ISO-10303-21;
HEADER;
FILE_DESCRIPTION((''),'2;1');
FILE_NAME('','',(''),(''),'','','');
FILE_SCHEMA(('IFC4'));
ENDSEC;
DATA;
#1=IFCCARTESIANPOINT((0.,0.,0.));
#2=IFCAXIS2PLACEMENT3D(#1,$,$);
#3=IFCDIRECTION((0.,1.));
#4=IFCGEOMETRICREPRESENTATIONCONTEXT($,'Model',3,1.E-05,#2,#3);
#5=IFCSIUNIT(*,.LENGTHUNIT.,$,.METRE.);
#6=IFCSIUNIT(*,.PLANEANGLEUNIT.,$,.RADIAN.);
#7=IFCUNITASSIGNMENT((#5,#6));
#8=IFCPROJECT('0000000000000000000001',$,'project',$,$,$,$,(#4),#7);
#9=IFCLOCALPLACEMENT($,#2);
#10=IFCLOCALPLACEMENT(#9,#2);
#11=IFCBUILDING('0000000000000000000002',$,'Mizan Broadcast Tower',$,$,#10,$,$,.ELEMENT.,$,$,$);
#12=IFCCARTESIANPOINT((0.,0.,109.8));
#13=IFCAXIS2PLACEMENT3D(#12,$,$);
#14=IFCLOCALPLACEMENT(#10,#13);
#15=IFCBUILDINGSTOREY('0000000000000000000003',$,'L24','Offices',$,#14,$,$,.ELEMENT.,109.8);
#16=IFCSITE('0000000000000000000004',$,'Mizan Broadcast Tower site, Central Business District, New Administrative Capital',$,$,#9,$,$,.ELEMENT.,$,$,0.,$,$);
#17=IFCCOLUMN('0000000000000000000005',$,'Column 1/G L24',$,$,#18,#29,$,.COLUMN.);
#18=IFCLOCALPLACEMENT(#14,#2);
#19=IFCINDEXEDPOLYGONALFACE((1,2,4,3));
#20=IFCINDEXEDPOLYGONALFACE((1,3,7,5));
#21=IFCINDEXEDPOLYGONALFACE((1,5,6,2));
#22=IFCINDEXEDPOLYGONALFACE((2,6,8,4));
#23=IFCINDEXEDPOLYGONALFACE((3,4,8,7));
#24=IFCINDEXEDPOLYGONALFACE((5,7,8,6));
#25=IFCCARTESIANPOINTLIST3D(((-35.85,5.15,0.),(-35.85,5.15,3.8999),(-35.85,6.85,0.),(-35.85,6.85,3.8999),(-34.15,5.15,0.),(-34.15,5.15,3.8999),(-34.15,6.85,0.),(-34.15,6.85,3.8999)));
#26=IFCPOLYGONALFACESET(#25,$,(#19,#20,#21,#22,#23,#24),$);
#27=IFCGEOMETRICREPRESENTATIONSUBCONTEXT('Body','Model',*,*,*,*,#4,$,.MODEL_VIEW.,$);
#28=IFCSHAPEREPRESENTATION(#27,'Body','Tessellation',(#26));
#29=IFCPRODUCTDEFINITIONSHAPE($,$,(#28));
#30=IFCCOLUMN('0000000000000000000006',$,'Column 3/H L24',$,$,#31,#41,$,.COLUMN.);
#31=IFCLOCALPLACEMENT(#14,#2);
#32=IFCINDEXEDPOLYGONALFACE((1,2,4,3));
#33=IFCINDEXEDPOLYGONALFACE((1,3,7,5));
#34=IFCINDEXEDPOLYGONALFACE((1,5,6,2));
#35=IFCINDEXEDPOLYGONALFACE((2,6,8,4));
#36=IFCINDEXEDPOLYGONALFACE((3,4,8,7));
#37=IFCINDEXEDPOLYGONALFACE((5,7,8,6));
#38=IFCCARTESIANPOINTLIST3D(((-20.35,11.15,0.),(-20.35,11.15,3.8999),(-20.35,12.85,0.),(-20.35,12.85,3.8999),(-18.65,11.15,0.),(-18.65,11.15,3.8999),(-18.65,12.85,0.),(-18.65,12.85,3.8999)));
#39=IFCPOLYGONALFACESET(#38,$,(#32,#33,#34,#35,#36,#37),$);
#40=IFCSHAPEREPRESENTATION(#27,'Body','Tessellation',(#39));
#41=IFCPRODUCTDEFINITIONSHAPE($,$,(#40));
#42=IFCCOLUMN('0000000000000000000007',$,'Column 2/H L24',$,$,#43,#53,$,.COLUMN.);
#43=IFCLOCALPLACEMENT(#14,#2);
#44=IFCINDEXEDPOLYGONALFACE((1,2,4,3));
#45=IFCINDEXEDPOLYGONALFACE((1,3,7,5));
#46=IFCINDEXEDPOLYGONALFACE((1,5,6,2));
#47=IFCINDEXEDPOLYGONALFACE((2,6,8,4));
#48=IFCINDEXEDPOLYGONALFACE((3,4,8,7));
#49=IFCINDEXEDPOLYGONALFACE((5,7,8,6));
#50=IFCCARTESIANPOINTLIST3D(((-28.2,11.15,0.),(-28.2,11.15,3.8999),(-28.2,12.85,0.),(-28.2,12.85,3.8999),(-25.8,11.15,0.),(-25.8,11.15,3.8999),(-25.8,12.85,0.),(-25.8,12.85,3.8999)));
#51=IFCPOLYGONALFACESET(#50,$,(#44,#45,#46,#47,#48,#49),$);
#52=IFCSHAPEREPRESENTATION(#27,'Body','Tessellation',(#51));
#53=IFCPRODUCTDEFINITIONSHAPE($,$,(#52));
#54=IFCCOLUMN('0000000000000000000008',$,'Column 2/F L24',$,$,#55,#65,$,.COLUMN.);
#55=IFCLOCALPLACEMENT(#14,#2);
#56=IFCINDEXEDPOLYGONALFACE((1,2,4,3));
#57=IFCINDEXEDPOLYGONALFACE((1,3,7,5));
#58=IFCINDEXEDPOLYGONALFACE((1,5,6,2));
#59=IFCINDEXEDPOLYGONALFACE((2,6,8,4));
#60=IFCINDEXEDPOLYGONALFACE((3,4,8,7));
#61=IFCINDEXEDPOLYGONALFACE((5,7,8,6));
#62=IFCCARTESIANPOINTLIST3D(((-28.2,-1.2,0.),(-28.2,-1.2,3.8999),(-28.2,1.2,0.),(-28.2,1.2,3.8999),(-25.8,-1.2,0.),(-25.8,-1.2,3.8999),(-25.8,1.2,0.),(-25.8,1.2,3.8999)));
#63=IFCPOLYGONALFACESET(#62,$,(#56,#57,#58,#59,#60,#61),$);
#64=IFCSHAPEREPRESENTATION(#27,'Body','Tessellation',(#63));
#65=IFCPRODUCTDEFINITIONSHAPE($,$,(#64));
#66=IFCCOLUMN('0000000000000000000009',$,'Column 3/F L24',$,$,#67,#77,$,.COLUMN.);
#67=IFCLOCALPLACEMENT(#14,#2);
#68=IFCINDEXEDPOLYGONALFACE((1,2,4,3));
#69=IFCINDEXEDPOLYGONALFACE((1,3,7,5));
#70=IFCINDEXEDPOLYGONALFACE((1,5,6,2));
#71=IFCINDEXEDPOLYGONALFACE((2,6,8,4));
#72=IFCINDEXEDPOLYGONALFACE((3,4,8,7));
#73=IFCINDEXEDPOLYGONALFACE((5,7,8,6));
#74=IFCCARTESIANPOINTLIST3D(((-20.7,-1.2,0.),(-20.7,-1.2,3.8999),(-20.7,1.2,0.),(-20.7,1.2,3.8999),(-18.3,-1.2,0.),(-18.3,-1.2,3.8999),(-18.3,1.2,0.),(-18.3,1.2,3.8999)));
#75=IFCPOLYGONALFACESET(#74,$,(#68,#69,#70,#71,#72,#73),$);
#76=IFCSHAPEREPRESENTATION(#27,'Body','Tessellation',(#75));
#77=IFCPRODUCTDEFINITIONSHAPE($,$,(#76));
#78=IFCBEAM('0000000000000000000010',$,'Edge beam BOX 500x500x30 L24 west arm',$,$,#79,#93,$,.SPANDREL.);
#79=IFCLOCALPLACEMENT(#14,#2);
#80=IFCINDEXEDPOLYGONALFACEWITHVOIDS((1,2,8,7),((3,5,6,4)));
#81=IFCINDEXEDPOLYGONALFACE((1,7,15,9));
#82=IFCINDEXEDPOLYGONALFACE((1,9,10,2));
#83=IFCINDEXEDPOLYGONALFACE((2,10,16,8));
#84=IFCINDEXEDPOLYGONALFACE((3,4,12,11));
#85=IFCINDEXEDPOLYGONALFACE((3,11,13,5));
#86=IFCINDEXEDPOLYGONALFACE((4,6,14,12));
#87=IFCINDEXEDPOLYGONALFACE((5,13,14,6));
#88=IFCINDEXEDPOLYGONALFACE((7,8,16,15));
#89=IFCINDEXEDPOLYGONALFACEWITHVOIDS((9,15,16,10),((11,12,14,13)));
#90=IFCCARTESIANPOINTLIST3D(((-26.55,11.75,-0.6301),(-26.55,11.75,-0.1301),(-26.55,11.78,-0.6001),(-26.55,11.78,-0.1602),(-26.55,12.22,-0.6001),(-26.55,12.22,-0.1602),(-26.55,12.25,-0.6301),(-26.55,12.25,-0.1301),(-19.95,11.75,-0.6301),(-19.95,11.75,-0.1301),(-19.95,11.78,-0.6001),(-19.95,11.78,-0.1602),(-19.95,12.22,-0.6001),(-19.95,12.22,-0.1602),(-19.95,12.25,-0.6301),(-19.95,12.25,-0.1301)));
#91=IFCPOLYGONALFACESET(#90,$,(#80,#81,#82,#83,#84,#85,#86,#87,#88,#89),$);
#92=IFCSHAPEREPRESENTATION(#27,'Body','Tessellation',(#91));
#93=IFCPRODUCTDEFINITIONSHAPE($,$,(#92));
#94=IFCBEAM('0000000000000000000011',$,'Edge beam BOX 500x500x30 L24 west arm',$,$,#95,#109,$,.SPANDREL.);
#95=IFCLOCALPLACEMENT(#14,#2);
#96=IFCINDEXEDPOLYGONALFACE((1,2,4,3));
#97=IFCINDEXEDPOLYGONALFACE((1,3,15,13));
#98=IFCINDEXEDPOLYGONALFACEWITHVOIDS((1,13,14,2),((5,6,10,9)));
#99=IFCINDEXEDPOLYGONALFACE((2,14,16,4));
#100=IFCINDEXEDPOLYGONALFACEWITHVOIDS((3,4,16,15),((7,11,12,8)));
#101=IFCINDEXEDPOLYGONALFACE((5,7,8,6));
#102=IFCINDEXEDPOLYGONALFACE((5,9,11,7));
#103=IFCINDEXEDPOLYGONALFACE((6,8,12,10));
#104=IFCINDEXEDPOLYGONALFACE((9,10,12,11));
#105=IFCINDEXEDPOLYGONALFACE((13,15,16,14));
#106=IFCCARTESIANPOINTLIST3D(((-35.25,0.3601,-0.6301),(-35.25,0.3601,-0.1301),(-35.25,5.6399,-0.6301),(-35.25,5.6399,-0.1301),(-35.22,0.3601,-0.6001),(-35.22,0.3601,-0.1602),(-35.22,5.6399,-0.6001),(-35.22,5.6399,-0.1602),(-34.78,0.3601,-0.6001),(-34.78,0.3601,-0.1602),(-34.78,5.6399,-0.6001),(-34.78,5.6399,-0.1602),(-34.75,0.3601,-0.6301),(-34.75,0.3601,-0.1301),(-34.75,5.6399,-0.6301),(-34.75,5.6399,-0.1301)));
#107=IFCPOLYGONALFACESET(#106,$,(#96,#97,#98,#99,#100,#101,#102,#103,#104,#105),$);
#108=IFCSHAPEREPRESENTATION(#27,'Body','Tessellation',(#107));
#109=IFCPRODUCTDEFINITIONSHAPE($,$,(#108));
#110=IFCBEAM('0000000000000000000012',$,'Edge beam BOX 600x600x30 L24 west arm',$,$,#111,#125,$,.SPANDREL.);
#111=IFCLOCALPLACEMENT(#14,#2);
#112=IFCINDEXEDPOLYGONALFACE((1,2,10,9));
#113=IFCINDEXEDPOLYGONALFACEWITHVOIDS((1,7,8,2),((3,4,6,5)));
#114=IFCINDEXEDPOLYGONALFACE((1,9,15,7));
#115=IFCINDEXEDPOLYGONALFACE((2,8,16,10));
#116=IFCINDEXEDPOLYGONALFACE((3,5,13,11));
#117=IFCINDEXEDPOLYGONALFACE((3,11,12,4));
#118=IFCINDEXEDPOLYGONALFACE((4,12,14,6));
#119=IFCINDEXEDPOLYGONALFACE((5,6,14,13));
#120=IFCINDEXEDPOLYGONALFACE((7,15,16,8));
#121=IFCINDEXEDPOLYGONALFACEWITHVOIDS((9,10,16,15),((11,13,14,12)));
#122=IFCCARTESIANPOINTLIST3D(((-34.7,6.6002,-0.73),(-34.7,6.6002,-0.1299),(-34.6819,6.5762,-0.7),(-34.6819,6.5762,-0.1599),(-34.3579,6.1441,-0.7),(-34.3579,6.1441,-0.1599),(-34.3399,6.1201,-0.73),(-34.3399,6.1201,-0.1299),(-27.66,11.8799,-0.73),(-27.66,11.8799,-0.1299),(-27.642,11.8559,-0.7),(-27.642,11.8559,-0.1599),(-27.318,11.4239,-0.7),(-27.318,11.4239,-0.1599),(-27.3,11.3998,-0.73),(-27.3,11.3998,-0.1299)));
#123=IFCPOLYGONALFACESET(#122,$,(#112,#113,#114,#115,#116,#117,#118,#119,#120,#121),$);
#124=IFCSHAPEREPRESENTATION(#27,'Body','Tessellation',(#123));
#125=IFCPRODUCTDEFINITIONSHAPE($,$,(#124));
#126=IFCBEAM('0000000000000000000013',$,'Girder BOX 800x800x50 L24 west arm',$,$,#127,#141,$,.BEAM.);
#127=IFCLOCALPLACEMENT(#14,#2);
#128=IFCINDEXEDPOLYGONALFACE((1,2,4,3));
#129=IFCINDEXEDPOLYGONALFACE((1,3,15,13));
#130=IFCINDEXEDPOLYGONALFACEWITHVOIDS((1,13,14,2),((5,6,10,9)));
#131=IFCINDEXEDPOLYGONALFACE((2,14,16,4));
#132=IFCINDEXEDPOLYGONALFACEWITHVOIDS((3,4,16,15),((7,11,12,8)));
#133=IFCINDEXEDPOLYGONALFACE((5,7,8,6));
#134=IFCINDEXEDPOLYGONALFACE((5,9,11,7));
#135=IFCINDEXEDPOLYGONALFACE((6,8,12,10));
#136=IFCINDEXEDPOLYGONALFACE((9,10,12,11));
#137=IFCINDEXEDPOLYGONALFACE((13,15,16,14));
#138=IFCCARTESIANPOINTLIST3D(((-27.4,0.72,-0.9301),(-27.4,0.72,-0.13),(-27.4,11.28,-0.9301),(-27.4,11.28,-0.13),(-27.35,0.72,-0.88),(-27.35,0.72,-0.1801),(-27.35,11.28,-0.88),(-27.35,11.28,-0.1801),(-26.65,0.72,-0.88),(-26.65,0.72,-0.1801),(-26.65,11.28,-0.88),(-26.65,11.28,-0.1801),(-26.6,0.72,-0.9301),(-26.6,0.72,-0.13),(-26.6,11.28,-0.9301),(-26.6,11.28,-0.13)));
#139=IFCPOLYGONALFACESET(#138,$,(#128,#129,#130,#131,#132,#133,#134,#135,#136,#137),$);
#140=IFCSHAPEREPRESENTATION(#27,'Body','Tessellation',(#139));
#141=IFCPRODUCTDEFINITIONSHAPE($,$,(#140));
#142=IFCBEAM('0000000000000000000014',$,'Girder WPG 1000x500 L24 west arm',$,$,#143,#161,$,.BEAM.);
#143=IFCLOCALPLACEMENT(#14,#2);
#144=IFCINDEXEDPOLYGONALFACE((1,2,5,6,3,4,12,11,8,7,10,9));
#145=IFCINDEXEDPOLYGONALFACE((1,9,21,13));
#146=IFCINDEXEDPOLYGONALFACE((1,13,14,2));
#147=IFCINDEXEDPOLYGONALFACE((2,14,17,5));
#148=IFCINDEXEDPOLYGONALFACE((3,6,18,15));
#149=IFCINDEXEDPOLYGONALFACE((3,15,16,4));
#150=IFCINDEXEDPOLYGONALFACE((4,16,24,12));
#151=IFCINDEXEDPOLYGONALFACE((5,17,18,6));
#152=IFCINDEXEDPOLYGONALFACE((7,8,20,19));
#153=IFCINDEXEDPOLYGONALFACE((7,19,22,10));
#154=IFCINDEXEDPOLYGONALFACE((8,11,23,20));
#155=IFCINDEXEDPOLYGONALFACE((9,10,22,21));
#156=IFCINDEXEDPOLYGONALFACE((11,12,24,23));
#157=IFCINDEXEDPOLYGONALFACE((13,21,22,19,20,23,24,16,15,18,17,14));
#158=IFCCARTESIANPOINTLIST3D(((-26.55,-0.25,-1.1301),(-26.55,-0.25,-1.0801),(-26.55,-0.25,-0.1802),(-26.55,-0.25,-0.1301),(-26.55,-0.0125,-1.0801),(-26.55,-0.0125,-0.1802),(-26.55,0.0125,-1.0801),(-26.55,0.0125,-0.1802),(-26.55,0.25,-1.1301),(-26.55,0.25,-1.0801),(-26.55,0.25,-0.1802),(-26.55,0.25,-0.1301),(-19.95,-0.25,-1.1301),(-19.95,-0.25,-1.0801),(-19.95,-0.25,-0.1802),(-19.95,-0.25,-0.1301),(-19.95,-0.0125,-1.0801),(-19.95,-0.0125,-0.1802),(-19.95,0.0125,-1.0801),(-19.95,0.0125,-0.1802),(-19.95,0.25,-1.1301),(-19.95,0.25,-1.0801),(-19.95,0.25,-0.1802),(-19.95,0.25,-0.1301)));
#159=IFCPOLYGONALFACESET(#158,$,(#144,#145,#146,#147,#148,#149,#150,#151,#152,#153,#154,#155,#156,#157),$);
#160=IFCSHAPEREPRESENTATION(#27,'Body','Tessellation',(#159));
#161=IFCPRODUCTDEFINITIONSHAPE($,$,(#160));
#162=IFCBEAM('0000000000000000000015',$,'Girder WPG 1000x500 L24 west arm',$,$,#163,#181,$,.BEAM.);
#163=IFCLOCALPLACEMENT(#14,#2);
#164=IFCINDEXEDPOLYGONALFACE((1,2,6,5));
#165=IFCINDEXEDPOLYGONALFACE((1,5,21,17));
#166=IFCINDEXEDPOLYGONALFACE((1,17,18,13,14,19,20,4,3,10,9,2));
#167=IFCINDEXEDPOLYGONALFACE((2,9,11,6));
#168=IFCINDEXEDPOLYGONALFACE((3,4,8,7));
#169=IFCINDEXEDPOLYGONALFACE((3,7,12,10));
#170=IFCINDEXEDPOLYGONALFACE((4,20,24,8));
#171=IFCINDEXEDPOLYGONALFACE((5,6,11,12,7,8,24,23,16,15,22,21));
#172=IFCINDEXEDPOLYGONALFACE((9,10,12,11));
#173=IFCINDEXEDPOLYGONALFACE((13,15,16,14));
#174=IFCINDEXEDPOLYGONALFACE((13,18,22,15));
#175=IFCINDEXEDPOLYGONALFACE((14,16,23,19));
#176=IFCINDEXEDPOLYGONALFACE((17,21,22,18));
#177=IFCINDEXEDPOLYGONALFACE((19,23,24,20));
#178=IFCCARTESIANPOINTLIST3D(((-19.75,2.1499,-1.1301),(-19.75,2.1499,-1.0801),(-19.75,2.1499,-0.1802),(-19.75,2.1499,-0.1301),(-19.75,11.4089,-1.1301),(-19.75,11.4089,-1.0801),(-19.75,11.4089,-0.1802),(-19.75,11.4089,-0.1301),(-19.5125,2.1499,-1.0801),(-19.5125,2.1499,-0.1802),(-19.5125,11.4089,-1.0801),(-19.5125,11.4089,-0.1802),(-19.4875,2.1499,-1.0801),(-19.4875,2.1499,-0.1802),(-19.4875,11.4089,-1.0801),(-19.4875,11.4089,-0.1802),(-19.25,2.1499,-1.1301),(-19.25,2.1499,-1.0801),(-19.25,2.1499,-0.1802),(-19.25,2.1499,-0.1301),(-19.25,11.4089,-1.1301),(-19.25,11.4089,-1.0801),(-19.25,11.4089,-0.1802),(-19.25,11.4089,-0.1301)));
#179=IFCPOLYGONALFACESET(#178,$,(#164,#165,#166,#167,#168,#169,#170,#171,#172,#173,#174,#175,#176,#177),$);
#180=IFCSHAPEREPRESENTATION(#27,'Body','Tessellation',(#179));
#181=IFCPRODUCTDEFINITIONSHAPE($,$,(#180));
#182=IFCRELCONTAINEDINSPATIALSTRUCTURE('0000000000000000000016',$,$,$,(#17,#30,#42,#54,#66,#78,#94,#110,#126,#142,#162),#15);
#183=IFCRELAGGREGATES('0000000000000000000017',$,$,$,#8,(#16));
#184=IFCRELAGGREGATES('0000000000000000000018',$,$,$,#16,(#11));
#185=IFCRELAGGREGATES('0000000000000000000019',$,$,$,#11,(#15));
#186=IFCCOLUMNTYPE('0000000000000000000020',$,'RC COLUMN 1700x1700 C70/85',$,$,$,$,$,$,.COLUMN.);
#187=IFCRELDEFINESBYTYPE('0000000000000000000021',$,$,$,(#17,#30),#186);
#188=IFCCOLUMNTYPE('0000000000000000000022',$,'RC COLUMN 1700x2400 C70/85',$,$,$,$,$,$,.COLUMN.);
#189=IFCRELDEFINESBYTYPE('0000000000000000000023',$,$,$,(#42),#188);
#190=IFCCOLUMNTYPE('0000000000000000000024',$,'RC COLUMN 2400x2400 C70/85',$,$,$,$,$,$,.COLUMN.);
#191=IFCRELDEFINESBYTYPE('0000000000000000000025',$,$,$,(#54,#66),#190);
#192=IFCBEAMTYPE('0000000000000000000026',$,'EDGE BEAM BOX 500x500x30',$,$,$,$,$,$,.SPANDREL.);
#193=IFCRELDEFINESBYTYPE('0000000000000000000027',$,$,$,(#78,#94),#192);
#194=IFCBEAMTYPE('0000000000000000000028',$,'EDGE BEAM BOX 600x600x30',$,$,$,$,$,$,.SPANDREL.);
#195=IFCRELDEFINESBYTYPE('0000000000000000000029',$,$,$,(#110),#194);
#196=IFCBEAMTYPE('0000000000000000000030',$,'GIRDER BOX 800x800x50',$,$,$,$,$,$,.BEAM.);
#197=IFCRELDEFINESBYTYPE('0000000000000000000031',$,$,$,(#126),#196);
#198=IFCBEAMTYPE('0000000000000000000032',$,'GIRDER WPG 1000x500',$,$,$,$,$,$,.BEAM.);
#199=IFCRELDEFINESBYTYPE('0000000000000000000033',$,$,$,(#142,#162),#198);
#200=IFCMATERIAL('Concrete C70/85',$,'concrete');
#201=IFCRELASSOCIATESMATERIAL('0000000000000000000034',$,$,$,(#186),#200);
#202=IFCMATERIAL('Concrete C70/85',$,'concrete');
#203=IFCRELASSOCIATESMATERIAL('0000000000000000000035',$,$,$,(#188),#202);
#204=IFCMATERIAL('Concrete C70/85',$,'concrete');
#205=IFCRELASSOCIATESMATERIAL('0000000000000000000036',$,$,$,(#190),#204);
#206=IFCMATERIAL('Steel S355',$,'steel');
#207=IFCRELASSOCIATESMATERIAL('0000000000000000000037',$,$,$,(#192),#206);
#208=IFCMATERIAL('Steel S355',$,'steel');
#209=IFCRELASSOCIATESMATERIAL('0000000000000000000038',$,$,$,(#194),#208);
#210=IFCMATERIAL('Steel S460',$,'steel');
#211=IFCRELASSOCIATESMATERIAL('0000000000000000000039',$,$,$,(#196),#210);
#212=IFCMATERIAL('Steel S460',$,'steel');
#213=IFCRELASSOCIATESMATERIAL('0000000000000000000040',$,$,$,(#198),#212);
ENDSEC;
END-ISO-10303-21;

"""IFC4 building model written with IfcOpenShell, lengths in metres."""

from ifc_helpers import new_model, si_unit, direction, frame, origin, origin_2d, place, context, subcontext, project, spatial, rectangle, hollow_rectangle, i_section, extrude, material, material_profile, profile_set, type_object, element, save


model = new_model("IFC4")

# Units and contexts
model_context = context("Model", 3, precision=1e-05, world=origin(), true_north=direction((0.0, 1.0)))
body_context = subcontext(model_context, "Body", "Model", "MODEL_VIEW")
ifc_project = project(units=[si_unit("LENGTHUNIT", "METRE"), si_unit("PLANEANGLEUNIT", "RADIAN")], contexts=[model_context])

# Site, building, storey
site_placement = place(None, origin())
site = spatial("IfcSite", under=ifc_project, at=site_placement, Name="Mizan Broadcast Tower site, Central Business District, New Administrative Capital", CompositionType="ELEMENT", RefElevation=0.0)
building_placement = place(site_placement, origin())
building = spatial("IfcBuilding", under=site, at=building_placement, Name="Mizan Broadcast Tower", CompositionType="ELEMENT")
storey_placement = place(building_placement, frame((0.0, 0.0, 109.8)))
storey = spatial("IfcBuildingStorey", under=building, at=storey_placement, Name="L24", Description="Offices", CompositionType="ELEMENT", Elevation=109.8)

# Columns
ifc_material_1 = material(Name="Concrete C70/85", Category="concrete")
ifc_material_profile_1 = material_profile(ifc_material_1, rectangle(XDim=1.7, YDim=1.7, at=origin_2d()), Name="RC 1700x1700")
ifc_profile_set_1 = profile_set([ifc_material_profile_1], Name="Concrete C70/85")
column_type_1 = type_object("IfcColumnType", Name="RC COLUMN 1700x1700 C70/85", PredefinedType="COLUMN", material=ifc_profile_set_1)
for number, where, z_axis, x_axis, name in (
    (1, (-35.0, 6.0, 0.0), (0.0, 0.0, 1.0), (1.0, 0.0, 0.0), "Column 1/G L24"),
    (2, (-19.5, 12.0, 0.0), (0.0, 0.0, 1.0), (1.0, 0.0, 0.0), "Column 3/H L24"),
):
    element("IfcColumn", number, at=place(storey_placement, frame(where, z_axis=z_axis, x_axis=x_axis)), inside=storey, type_object=column_type_1, Name=name, PredefinedType="COLUMN", context=body_context, shape_type="SweptSolid", body=[
        extrude(rectangle(XDim=1.7, YDim=1.7, at=origin_2d()), origin(), (0.0, 0.0, 1.0), 3.8999),
    ])
ifc_material_2 = material(Name="Concrete C70/85", Category="concrete")
ifc_material_profile_2 = material_profile(ifc_material_2, rectangle(XDim=1.7, YDim=2.3999, at=origin_2d()), Name="RC 1700x2400")
ifc_profile_set_2 = profile_set([ifc_material_profile_2], Name="Concrete C70/85")
column_type_2 = type_object("IfcColumnType", Name="RC COLUMN 1700x2400 C70/85", PredefinedType="COLUMN", material=ifc_profile_set_2)
column_placement = place(storey_placement, frame((-27.0, 12.0, 0.0), z_axis=(0.0, 0.0, 1.0), x_axis=(0.0, 1.0, 0.0)))
element("IfcColumn", 3, at=column_placement, inside=storey, type_object=column_type_2, Name="Column 2/H L24", PredefinedType="COLUMN", context=body_context, shape_type="SweptSolid", body=[
    extrude(rectangle(XDim=1.7, YDim=2.3999, at=origin_2d()), origin(), (0.0, 0.0, 1.0), 3.8999),
])
ifc_material_3 = material(Name="Concrete C70/85", Category="concrete")
ifc_material_profile_3 = material_profile(ifc_material_3, rectangle(XDim=2.3999, YDim=2.3999, at=origin_2d()), Name="RC 2400x2400")
ifc_profile_set_3 = profile_set([ifc_material_profile_3], Name="Concrete C70/85")
column_type_3 = type_object("IfcColumnType", Name="RC COLUMN 2400x2400 C70/85", PredefinedType="COLUMN", material=ifc_profile_set_3)
for number, where, z_axis, x_axis, name in (
    (4, (-27.0, 0.0, 0.0), (0.0, 0.0, 1.0), (1.0, 0.0, 0.0), "Column 2/F L24"),
    (5, (-19.5, 0.0, 0.0), (0.0, 0.0, 1.0), (1.0, 0.0, 0.0), "Column 3/F L24"),
):
    element("IfcColumn", number, at=place(storey_placement, frame(where, z_axis=z_axis, x_axis=x_axis)), inside=storey, type_object=column_type_3, Name=name, PredefinedType="COLUMN", context=body_context, shape_type="SweptSolid", body=[
        extrude(rectangle(XDim=2.3999, YDim=2.3999, at=origin_2d()), origin(), (0.0, 0.0, 1.0), 3.8999),
    ])

# Beams
ifc_material_4 = material(Name="Steel S355", Category="steel")
ifc_material_profile_4 = material_profile(ifc_material_4, hollow_rectangle(XDim=0.5, YDim=0.5, WallThickness=0.03, at=origin_2d()), Name="BOX 500x500x30")
ifc_profile_set_4 = profile_set([ifc_material_profile_4], Name="Steel S355")
beam_type_1 = type_object("IfcBeamType", Name="EDGE BEAM BOX 500x500x30", PredefinedType="SPANDREL", material=ifc_profile_set_4)
beam_1_placement = place(storey_placement, frame((-19.95, 12.0, -0.3801), z_axis=(-1.0, 0.0, 0.0), x_axis=(0.0, -1.0, 0.0)))
element("IfcBeam", 6, at=beam_1_placement, inside=storey, type_object=beam_type_1, Name="Edge beam BOX 500x500x30 L24 west arm", PredefinedType="SPANDREL", context=body_context, shape_type="SweptSolid", body=[
    extrude(hollow_rectangle(XDim=0.5, YDim=0.5, WallThickness=0.03, at=origin_2d()), origin(), (0.0, 0.0, 1.0), 6.6001),
])
beam_2_placement = place(storey_placement, frame((-35.0, 5.6399, -0.3801), z_axis=(0.0, -1.0, 0.0), x_axis=(1.0, 0.0, 0.0)))
element("IfcBeam", 7, at=beam_2_placement, inside=storey, type_object=beam_type_1, Name="Edge beam BOX 500x500x30 L24 west arm", PredefinedType="SPANDREL", context=body_context, shape_type="SweptSolid", body=[
    extrude(hollow_rectangle(XDim=0.5, YDim=0.5, WallThickness=0.03, at=origin_2d()), origin(), (0.0, 0.0, 1.0), 5.2798),
])
ifc_material_5 = material(Name="Steel S355", Category="steel")
ifc_material_profile_5 = material_profile(ifc_material_5, hollow_rectangle(XDim=0.6001, YDim=0.6001, WallThickness=0.03, at=origin_2d()), Name="BOX 600x600x30")
ifc_profile_set_5 = profile_set([ifc_material_profile_5], Name="Steel S355")
beam_type_2 = type_object("IfcBeamType", Name="EDGE BEAM BOX 600x600x30", PredefinedType="SPANDREL", material=ifc_profile_set_5)
beam_3_placement = place(storey_placement, frame((-27.48, 11.6399, -0.4299), z_axis=(-0.800013, -0.599982, 0.0), x_axis=(0.599982, -0.800013, 0.0)))
element("IfcBeam", 8, at=beam_3_placement, inside=storey, type_object=beam_type_2, Name="Edge beam BOX 600x600x30 L24 west arm", PredefinedType="SPANDREL", context=body_context, shape_type="SweptSolid", body=[
    extrude(hollow_rectangle(XDim=0.6001, YDim=0.6001, WallThickness=0.03, at=origin_2d()), origin(), (0.0, 0.0, 1.0), 8.7998),
])
ifc_material_6 = material(Name="Steel S460", Category="steel")
ifc_material_profile_6 = material_profile(ifc_material_6, hollow_rectangle(XDim=0.8, YDim=0.8, WallThickness=0.05, at=origin_2d()), Name="BOX 800x800x50")
ifc_profile_set_6 = profile_set([ifc_material_profile_6], Name="Steel S460")
beam_type_3 = type_object("IfcBeamType", Name="GIRDER BOX 800x800x50", PredefinedType="BEAM", material=ifc_profile_set_6)
beam_4_placement = place(storey_placement, frame((-27.0, 11.28, -0.53), z_axis=(0.0, -1.0, 0.0), x_axis=(1.0, 0.0, 0.0)))
element("IfcBeam", 9, at=beam_4_placement, inside=storey, type_object=beam_type_3, Name="Girder BOX 800x800x50 L24 west arm", PredefinedType="BEAM", context=body_context, shape_type="SweptSolid", body=[
    extrude(hollow_rectangle(XDim=0.8, YDim=0.8, WallThickness=0.05, at=origin_2d()), origin(), (0.0, 0.0, 1.0), 10.5601),
])
ifc_material_7 = material(Name="Steel S460", Category="steel")
ifc_material_profile_7 = material_profile(ifc_material_7, i_section(OverallWidth=0.5, OverallDepth=1.0, WebThickness=0.0249, FlangeThickness=0.05, at=origin_2d()), Name="WPG 1000x500")
ifc_profile_set_7 = profile_set([ifc_material_profile_7], Name="Steel S460")
beam_type_4 = type_object("IfcBeamType", Name="GIRDER WPG 1000x500", PredefinedType="BEAM", material=ifc_profile_set_7)
beam_5_placement = place(storey_placement, frame((-19.95, 0.0, -0.6301), z_axis=(-1.0, 0.0, 0.0), x_axis=(0.0, -1.0, 0.0)))
element("IfcBeam", 10, at=beam_5_placement, inside=storey, type_object=beam_type_4, Name="Girder WPG 1000x500 L24 west arm", PredefinedType="BEAM", context=body_context, shape_type="SweptSolid", body=[
    extrude(i_section(OverallWidth=0.5, OverallDepth=1.0, WebThickness=0.0249, FlangeThickness=0.05, at=origin_2d()), origin(), (0.0, 0.0, 1.0), 6.6001),
])
beam_6_placement = place(storey_placement, frame((-19.5, 11.4089, -0.6301), z_axis=(0.0, -1.0, 0.0), x_axis=(1.0, 0.0, 0.0)))
element("IfcBeam", 11, at=beam_6_placement, inside=storey, type_object=beam_type_4, Name="Girder WPG 1000x500 L24 west arm", PredefinedType="BEAM", context=body_context, shape_type="SweptSolid", body=[
    extrude(i_section(OverallWidth=0.5, OverallDepth=1.0, WebThickness=0.0249, FlangeThickness=0.05, at=origin_2d()), origin(), (0.0, 0.0, 1.0), 9.259),
])

save(model, "model.ifc")
